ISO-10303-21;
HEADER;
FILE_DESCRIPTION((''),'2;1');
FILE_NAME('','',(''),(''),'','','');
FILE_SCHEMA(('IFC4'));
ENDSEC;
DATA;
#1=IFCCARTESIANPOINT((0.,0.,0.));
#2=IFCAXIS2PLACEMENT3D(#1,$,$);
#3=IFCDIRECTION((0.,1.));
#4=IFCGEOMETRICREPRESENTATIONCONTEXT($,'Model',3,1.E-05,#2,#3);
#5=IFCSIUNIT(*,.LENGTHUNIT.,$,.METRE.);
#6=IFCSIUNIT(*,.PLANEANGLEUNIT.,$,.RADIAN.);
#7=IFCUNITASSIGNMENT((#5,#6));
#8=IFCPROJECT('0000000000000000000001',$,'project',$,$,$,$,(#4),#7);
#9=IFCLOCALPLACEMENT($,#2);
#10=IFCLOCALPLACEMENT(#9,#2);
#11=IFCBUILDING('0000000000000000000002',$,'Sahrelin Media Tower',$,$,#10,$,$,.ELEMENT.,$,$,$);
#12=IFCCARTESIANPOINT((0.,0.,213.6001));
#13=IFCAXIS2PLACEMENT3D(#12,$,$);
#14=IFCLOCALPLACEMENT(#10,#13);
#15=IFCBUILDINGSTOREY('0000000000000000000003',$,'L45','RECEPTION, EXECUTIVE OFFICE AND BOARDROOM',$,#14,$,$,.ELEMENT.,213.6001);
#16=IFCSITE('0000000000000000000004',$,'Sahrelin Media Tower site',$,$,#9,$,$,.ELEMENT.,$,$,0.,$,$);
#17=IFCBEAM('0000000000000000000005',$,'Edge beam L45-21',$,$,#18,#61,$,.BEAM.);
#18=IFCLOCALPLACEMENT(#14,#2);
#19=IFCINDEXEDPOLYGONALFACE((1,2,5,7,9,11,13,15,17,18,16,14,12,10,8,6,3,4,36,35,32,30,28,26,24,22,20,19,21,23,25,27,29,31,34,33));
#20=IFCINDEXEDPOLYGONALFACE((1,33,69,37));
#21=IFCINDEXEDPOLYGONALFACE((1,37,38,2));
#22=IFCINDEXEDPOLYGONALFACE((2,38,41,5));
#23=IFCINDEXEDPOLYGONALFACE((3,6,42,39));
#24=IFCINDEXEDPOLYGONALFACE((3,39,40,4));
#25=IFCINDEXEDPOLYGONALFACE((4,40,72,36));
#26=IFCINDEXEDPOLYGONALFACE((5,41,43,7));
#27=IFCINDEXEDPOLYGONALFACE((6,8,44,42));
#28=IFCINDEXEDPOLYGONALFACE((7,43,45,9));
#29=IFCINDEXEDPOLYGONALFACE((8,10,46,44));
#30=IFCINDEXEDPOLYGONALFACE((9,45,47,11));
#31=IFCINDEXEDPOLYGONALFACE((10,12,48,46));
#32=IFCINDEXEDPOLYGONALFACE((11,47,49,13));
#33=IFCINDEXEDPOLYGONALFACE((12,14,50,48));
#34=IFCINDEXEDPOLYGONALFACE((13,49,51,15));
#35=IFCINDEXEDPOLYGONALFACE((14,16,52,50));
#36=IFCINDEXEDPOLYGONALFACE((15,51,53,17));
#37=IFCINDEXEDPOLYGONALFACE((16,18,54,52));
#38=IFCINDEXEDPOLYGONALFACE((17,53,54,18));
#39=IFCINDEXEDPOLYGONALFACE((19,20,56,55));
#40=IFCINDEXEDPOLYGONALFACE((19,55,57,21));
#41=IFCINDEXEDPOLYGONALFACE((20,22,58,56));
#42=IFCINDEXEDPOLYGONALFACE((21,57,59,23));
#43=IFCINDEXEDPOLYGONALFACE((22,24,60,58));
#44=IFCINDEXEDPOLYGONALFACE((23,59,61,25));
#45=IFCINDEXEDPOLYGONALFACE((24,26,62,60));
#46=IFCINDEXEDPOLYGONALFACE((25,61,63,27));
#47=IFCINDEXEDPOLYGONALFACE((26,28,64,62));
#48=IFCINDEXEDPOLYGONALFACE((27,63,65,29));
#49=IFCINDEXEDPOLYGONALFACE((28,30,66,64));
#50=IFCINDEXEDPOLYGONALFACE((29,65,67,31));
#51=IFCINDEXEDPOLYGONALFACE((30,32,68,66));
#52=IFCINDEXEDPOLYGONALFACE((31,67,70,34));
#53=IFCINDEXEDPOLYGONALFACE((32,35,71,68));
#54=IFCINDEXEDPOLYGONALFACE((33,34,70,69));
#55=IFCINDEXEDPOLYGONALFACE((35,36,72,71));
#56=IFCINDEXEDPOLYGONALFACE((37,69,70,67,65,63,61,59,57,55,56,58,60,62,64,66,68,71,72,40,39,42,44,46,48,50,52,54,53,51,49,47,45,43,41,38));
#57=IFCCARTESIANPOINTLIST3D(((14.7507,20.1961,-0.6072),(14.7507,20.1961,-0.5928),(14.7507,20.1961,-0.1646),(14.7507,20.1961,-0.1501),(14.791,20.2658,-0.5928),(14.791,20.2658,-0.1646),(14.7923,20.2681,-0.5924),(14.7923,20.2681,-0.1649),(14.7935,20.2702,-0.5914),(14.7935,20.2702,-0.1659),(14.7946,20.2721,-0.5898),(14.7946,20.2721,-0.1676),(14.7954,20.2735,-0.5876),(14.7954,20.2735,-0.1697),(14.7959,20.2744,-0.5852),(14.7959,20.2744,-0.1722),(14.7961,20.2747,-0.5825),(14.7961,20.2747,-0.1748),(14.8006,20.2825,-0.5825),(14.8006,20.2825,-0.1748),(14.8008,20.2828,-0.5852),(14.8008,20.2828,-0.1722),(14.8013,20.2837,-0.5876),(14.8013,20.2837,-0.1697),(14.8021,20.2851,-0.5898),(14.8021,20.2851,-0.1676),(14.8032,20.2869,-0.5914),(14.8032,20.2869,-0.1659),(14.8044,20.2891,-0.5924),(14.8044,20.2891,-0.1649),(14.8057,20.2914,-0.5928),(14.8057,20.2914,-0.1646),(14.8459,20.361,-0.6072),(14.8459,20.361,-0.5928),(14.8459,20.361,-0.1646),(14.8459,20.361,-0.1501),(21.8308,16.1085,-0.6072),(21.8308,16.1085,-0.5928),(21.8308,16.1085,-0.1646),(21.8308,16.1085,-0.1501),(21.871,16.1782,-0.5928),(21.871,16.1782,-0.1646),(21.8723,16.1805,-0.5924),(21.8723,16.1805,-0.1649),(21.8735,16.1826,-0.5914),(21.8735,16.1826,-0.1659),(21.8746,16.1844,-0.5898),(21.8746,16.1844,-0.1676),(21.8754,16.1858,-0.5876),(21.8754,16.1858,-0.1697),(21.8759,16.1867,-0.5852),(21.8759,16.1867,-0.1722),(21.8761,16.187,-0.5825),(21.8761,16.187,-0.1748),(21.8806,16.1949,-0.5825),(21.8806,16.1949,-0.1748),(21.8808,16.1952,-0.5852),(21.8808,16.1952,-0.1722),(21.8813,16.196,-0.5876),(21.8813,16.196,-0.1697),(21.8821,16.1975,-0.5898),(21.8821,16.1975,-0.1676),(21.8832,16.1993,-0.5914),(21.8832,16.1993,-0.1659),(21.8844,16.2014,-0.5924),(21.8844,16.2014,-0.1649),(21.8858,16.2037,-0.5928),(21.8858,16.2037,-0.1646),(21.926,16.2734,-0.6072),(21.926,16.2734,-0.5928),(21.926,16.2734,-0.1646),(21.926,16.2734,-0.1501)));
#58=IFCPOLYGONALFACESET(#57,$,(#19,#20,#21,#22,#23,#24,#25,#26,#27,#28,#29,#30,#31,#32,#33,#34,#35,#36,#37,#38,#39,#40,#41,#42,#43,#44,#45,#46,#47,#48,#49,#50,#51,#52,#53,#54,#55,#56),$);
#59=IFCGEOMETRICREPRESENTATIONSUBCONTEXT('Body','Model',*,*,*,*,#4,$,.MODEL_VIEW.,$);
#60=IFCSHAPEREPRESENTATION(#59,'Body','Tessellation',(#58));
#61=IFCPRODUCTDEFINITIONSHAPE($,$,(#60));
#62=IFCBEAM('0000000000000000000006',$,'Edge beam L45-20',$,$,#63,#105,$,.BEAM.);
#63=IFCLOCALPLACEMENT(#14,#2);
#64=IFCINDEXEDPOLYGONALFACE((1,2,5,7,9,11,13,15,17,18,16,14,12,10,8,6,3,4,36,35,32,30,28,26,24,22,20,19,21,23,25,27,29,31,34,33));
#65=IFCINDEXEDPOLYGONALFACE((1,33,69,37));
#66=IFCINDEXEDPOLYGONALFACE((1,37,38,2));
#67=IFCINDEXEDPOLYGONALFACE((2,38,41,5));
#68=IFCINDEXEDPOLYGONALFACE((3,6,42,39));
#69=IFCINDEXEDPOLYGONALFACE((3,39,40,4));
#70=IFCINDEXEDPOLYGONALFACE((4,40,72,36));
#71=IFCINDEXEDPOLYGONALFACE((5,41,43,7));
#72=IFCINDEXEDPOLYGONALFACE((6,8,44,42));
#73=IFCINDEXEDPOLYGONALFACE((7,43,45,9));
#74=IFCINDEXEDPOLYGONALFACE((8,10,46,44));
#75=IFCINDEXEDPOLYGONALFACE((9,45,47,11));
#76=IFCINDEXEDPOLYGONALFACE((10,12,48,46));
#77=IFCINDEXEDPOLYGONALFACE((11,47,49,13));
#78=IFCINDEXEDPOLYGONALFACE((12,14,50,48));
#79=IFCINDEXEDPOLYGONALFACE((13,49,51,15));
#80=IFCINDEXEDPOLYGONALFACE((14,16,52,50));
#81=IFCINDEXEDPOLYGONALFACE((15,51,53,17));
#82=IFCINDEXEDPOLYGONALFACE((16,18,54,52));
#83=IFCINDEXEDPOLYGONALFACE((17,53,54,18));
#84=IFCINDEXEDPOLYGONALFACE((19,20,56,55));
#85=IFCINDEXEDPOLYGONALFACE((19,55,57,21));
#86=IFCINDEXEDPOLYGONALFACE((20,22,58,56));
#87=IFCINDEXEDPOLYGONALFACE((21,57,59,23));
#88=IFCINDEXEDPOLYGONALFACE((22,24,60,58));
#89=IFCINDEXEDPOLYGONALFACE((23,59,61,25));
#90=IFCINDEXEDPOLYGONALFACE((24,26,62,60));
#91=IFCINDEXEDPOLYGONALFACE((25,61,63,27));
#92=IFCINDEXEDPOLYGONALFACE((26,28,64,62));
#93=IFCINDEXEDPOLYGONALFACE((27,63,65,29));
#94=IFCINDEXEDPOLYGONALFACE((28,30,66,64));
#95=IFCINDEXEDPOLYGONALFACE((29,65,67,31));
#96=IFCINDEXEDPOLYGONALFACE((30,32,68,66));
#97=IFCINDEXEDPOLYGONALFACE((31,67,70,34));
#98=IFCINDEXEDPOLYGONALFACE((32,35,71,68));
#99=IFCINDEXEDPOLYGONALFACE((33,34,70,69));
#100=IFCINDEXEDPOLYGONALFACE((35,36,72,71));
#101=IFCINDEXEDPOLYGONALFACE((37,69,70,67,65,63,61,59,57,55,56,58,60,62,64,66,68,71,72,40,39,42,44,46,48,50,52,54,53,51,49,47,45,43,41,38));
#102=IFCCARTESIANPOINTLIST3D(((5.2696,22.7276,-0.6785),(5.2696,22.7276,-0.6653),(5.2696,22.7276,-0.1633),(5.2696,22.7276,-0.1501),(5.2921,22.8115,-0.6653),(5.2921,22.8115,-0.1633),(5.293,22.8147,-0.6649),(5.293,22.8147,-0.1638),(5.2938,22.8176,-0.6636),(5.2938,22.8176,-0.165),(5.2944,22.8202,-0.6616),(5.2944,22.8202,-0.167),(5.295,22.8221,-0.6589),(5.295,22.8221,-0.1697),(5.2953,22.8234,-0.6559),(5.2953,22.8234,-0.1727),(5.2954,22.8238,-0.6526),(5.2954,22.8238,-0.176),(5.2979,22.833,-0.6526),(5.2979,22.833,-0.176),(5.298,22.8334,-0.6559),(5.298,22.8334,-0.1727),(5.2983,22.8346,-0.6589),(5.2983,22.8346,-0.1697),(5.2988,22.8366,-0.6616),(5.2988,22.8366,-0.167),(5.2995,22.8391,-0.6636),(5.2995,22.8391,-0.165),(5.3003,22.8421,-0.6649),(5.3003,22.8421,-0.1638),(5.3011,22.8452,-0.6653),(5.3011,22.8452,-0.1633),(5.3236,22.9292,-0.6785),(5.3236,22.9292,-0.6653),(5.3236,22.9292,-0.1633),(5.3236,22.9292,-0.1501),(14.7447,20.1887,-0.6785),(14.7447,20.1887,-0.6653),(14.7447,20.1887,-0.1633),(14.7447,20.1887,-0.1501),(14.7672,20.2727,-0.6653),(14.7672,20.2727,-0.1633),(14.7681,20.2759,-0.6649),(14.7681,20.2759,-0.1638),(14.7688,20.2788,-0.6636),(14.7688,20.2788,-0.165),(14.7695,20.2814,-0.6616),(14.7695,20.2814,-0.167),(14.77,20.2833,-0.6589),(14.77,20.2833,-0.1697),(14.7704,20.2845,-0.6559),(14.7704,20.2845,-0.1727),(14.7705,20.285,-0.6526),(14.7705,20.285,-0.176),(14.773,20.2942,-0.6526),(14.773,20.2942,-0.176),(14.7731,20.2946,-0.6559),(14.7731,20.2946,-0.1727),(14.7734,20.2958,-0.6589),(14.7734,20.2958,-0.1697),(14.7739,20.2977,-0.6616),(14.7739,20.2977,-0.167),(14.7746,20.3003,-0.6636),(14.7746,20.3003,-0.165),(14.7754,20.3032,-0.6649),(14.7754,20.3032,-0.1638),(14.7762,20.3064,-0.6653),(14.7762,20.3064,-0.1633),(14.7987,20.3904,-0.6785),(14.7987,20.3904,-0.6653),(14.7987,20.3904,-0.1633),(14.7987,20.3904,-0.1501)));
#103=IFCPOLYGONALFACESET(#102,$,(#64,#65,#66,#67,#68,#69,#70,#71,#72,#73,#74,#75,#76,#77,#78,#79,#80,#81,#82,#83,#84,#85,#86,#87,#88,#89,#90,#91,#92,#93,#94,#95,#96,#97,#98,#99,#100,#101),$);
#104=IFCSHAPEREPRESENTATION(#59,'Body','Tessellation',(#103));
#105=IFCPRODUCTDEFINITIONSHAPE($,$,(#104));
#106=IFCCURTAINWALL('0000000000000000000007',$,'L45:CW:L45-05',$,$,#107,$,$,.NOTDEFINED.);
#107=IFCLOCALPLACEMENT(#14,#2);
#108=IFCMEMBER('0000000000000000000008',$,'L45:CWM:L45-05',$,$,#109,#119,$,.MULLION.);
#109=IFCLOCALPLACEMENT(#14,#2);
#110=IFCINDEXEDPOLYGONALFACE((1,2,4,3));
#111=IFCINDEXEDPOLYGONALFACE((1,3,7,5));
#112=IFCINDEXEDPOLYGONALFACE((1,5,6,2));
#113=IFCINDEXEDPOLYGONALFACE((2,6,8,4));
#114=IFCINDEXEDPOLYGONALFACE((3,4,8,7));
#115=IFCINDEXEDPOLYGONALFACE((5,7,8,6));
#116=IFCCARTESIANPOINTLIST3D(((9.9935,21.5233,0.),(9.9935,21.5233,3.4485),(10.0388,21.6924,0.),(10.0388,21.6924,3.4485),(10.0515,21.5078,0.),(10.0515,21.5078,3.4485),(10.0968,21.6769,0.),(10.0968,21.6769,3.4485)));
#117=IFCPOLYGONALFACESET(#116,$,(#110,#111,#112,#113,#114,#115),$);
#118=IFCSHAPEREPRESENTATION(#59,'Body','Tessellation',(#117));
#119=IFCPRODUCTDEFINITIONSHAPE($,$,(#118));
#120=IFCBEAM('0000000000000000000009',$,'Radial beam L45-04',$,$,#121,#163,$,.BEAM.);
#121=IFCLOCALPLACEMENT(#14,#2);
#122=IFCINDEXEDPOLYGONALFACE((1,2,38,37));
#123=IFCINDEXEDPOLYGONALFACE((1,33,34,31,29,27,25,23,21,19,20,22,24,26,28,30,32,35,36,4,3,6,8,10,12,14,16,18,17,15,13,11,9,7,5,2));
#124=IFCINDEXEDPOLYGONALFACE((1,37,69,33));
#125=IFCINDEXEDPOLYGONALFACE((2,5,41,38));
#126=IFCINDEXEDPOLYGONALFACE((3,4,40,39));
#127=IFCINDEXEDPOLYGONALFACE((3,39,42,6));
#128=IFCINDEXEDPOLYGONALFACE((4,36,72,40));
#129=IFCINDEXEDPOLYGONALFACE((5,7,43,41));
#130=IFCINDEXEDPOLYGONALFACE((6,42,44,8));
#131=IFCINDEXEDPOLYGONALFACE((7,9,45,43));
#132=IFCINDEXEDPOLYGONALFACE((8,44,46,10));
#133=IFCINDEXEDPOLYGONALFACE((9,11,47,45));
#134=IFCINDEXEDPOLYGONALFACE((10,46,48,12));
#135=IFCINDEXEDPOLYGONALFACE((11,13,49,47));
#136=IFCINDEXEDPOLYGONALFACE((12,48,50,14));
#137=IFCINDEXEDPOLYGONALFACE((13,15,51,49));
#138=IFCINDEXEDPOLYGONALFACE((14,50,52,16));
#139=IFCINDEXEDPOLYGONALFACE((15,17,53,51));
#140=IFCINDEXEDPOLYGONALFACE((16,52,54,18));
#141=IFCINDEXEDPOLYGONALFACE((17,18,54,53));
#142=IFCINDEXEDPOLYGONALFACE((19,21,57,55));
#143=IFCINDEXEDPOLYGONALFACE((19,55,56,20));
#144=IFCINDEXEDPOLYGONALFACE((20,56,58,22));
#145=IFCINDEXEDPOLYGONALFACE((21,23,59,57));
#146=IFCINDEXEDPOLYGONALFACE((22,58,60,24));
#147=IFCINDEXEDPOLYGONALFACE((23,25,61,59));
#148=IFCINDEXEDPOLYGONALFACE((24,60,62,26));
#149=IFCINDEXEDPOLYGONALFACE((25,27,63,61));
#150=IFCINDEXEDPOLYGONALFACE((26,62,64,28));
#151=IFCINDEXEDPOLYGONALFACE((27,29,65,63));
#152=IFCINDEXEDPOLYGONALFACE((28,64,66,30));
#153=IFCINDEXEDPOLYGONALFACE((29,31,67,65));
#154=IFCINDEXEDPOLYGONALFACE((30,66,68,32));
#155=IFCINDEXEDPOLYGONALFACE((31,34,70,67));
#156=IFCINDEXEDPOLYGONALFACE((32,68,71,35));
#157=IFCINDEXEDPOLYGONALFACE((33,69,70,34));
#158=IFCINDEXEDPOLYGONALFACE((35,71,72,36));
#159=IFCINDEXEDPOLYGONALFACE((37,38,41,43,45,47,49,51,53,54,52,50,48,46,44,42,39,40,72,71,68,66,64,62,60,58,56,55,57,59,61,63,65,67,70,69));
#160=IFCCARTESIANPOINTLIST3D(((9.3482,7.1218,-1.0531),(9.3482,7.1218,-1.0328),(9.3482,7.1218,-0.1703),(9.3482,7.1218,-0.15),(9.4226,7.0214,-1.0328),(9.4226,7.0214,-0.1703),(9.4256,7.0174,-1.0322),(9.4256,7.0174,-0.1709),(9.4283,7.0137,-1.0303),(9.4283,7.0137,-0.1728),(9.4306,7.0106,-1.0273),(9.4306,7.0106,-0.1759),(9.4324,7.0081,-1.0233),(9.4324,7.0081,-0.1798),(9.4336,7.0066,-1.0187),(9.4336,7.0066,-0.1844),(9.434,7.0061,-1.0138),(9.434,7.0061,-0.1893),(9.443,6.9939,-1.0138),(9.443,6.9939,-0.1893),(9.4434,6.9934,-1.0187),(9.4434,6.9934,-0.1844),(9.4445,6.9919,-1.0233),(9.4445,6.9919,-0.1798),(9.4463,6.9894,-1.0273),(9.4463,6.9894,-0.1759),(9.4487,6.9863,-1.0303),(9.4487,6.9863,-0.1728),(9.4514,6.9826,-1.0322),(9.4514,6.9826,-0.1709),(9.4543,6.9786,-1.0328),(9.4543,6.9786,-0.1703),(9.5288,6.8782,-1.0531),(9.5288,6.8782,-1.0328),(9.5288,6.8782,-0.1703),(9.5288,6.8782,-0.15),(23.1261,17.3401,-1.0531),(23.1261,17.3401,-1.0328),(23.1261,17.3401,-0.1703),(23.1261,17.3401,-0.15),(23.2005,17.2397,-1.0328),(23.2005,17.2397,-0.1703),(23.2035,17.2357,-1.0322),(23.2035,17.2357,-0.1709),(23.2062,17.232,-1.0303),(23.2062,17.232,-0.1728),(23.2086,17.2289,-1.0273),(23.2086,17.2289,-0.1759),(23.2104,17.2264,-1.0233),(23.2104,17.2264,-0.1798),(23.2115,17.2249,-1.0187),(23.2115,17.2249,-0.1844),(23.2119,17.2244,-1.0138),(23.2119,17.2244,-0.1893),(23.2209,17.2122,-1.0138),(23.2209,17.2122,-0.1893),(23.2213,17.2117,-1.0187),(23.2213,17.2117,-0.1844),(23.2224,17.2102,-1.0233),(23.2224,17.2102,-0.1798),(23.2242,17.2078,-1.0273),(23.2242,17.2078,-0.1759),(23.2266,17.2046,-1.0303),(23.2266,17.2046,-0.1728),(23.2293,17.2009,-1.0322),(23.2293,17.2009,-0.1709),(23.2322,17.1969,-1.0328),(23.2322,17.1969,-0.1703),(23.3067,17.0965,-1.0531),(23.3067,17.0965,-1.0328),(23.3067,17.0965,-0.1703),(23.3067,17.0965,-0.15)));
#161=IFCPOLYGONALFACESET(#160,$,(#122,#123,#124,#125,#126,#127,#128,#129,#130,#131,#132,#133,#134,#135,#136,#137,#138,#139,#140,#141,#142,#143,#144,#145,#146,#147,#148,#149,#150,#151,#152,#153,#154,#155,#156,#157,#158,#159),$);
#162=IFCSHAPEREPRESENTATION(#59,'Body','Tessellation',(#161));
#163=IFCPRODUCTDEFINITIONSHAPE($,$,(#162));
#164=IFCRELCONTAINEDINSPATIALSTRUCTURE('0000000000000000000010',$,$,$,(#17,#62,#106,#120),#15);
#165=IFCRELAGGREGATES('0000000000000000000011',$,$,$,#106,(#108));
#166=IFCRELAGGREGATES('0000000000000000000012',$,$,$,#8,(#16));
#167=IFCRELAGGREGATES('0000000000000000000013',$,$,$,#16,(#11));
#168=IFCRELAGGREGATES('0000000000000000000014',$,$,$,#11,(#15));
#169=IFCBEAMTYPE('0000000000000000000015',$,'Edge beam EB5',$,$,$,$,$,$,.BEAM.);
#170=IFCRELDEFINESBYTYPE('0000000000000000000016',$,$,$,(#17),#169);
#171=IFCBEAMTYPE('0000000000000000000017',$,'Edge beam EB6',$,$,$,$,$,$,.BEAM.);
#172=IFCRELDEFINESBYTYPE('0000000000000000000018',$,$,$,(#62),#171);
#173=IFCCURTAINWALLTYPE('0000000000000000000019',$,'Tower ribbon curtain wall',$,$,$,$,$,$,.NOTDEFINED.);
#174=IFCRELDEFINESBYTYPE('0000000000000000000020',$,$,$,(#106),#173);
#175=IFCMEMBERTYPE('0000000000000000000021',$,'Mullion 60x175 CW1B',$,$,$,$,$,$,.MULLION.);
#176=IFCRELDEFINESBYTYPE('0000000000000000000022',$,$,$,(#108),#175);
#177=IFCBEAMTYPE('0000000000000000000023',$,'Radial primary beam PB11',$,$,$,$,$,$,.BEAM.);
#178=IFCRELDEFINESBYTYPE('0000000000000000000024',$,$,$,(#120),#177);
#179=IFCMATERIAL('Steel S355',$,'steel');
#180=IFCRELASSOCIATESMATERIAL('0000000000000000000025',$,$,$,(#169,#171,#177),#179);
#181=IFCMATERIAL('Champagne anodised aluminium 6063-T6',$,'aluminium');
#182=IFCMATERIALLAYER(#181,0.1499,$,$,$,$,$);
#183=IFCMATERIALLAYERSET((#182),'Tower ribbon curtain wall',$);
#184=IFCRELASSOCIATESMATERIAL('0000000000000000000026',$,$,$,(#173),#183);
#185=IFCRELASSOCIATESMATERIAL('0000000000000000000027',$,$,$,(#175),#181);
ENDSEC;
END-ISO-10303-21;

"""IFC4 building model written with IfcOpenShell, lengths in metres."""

from ifc_helpers import new_model, si_unit, direction, frame, origin, origin_2d, place, context, subcontext, project, spatial, rectangle, i_section, extrude, material, layer, layer_set, material_profile, profile_set, type_object, element, aggregate, save


model = new_model("IFC4")

# Units and contexts
model_context = context("Model", 3, precision=1e-05, world=origin(), true_north=direction((0.0, 1.0)))
body_context = subcontext(model_context, "Body", "Model", "MODEL_VIEW")
ifc_project = project(units=[si_unit("LENGTHUNIT", "METRE"), si_unit("PLANEANGLEUNIT", "RADIAN")], contexts=[model_context])

# Site, building, storey
site_placement = place(None, origin())
site = spatial("IfcSite", under=ifc_project, at=site_placement, Name="Sahrelin Media Tower site", CompositionType="ELEMENT", RefElevation=0.0)
building_placement = place(site_placement, origin())
building = spatial("IfcBuilding", under=site, at=building_placement, Name="Sahrelin Media Tower", CompositionType="ELEMENT")
storey_placement = place(building_placement, frame((0.0, 0.0, 213.6001)))
storey = spatial("IfcBuildingStorey", under=building, at=storey_placement, Name="L45", Description="RECEPTION, EXECUTIVE OFFICE AND BOARDROOM", CompositionType="ELEMENT", Elevation=213.6001)

# Beams
ifc_material_1 = material(Name="Steel S355", Category="steel")
ifc_material_profile_1 = material_profile(ifc_material_1, i_section(OverallWidth=0.1904, OverallDepth=0.457, WebThickness=0.009, FlangeThickness=0.0144, FilletRadius=0.0103, at=origin_2d()), Name="UB 457x191x74")
ifc_profile_set_1 = profile_set([ifc_material_profile_1], Name="Steel S355")
beam_type_1 = type_object("IfcBeamType", Name="Edge beam EB5", PredefinedType="BEAM", material=ifc_profile_set_1)
beam_1_placement = place(storey_placement, frame((14.7983, 20.2786, -0.3787), z_axis=(0.866027, -0.499996, 0.0), x_axis=(0.499996, 0.866027, 0.0)))
element("IfcBeam", 1, at=beam_1_placement, inside=storey, type_object=beam_type_1, Name="Edge beam L45-21", PredefinedType="BEAM", context=body_context, shape_type="SweptSolid", body=[
    extrude(i_section(OverallWidth=0.1904, OverallDepth=0.457, WebThickness=0.009, FlangeThickness=0.0144, FilletRadius=0.0103, at=origin_2d()), origin(), (0.0, 0.0, 1.0), 8.1753),
])
ifc_material_profile_2 = material_profile(ifc_material_1, i_section(OverallWidth=0.2087, OverallDepth=0.5283, WebThickness=0.0095, FlangeThickness=0.0132, FilletRadius=0.0127, at=origin_2d()), Name="UB 533x210x82")
ifc_profile_set_2 = profile_set([ifc_material_profile_2], Name="Steel S355")
beam_type_2 = type_object("IfcBeamType", Name="Edge beam EB6", PredefinedType="BEAM", material=ifc_profile_set_2)
beam_2_placement = place(storey_placement, frame((5.2966, 22.8284, -0.4143), z_axis=(0.965926, -0.258817, 0.0), x_axis=(0.258817, 0.965926, 0.0)))
element("IfcBeam", 2, at=beam_2_placement, inside=storey, type_object=beam_type_2, Name="Edge beam L45-20", PredefinedType="BEAM", context=body_context, shape_type="SweptSolid", body=[
    extrude(i_section(OverallWidth=0.2087, OverallDepth=0.5283, WebThickness=0.0095, FlangeThickness=0.0132, FilletRadius=0.0127, at=origin_2d()), origin(), (0.0, 0.0, 1.0), 9.8093),
])

# Curtain wall, member
ifc_material_2 = material(Name="Champagne anodised aluminium 6063-T6", Category="aluminium")
ifc_layer_1 = layer(ifc_material_2, 0.1499)
ifc_layer_set_1 = layer_set([ifc_layer_1], Name="Tower ribbon curtain wall")
curtain_wall_type = type_object("IfcCurtainWallType", Name="Tower ribbon curtain wall", PredefinedType="NOTDEFINED", material=ifc_layer_set_1)
curtain_wall_1_placement = place(storey_placement, frame((10.073, 21.7039, 0.0), z_axis=(0.0, 0.0, 1.0), x_axis=(1.0, 0.0, 0.0)))
curtain_wall_1 = element("IfcCurtainWall", 3, at=curtain_wall_1_placement, inside=storey, type_object=curtain_wall_type, Name="L45:CW:L45-05", PredefinedType="NOTDEFINED")
ifc_material_profile_3 = material_profile(ifc_material_2, rectangle(XDim=0.0601, YDim=0.175, at=origin_2d()), Name="Mullion 60x175")
ifc_profile_set_3 = profile_set([ifc_material_profile_3], Name="Champagne anodised aluminium 6063-T6")
member_type_1 = type_object("IfcMemberType", Name="Mullion 60x175 CW1B", PredefinedType="MULLION", material=ifc_profile_set_3)
member_1_placement = place(storey_placement, frame((10.0452, 21.6001, 0.0), z_axis=(0.0, 0.0, 1.0), x_axis=(-0.965925, 0.258821, 0.0)))
member_1 = element("IfcMember", 4, at=member_1_placement, type_object=member_type_1, Name="L45:CWM:L45-05", PredefinedType="MULLION", context=body_context, shape_type="SweptSolid", body=[
    extrude(rectangle(XDim=0.0601, YDim=0.175, at=origin_2d()), origin(), (0.0, 0.0, 1.0), 3.4485),
])

# Beam
ifc_material_profile_4 = material_profile(ifc_material_1, i_section(OverallWidth=0.3032, OverallDepth=0.9031, WebThickness=0.0151, FlangeThickness=0.0203, FilletRadius=0.019, at=origin_2d()), Name="UB 914x305x201")
ifc_profile_set_4 = profile_set([ifc_material_profile_4], Name="Steel S355")
beam_type_3 = type_object("IfcBeamType", Name="Radial primary beam PB11", PredefinedType="BEAM", material=ifc_profile_set_4)
beam_3_placement = place(storey_placement, frame((9.4385, 7.0, -0.6016), z_axis=(0.80321, 0.595696, 0.0), x_axis=(-0.595696, 0.80321, 0.0)))
element("IfcBeam", 5, at=beam_3_placement, inside=storey, type_object=beam_type_3, Name="Radial beam L45-04", PredefinedType="BEAM", context=body_context, shape_type="SweptSolid", body=[
    extrude(i_section(OverallWidth=0.3032, OverallDepth=0.9031, WebThickness=0.0151, FlangeThickness=0.0203, FilletRadius=0.019, at=origin_2d()), origin(), (0.0, 0.0, 1.0), 17.1536),
])

aggregate(curtain_wall_1, [member_1])

save(model, "model.ifc")
